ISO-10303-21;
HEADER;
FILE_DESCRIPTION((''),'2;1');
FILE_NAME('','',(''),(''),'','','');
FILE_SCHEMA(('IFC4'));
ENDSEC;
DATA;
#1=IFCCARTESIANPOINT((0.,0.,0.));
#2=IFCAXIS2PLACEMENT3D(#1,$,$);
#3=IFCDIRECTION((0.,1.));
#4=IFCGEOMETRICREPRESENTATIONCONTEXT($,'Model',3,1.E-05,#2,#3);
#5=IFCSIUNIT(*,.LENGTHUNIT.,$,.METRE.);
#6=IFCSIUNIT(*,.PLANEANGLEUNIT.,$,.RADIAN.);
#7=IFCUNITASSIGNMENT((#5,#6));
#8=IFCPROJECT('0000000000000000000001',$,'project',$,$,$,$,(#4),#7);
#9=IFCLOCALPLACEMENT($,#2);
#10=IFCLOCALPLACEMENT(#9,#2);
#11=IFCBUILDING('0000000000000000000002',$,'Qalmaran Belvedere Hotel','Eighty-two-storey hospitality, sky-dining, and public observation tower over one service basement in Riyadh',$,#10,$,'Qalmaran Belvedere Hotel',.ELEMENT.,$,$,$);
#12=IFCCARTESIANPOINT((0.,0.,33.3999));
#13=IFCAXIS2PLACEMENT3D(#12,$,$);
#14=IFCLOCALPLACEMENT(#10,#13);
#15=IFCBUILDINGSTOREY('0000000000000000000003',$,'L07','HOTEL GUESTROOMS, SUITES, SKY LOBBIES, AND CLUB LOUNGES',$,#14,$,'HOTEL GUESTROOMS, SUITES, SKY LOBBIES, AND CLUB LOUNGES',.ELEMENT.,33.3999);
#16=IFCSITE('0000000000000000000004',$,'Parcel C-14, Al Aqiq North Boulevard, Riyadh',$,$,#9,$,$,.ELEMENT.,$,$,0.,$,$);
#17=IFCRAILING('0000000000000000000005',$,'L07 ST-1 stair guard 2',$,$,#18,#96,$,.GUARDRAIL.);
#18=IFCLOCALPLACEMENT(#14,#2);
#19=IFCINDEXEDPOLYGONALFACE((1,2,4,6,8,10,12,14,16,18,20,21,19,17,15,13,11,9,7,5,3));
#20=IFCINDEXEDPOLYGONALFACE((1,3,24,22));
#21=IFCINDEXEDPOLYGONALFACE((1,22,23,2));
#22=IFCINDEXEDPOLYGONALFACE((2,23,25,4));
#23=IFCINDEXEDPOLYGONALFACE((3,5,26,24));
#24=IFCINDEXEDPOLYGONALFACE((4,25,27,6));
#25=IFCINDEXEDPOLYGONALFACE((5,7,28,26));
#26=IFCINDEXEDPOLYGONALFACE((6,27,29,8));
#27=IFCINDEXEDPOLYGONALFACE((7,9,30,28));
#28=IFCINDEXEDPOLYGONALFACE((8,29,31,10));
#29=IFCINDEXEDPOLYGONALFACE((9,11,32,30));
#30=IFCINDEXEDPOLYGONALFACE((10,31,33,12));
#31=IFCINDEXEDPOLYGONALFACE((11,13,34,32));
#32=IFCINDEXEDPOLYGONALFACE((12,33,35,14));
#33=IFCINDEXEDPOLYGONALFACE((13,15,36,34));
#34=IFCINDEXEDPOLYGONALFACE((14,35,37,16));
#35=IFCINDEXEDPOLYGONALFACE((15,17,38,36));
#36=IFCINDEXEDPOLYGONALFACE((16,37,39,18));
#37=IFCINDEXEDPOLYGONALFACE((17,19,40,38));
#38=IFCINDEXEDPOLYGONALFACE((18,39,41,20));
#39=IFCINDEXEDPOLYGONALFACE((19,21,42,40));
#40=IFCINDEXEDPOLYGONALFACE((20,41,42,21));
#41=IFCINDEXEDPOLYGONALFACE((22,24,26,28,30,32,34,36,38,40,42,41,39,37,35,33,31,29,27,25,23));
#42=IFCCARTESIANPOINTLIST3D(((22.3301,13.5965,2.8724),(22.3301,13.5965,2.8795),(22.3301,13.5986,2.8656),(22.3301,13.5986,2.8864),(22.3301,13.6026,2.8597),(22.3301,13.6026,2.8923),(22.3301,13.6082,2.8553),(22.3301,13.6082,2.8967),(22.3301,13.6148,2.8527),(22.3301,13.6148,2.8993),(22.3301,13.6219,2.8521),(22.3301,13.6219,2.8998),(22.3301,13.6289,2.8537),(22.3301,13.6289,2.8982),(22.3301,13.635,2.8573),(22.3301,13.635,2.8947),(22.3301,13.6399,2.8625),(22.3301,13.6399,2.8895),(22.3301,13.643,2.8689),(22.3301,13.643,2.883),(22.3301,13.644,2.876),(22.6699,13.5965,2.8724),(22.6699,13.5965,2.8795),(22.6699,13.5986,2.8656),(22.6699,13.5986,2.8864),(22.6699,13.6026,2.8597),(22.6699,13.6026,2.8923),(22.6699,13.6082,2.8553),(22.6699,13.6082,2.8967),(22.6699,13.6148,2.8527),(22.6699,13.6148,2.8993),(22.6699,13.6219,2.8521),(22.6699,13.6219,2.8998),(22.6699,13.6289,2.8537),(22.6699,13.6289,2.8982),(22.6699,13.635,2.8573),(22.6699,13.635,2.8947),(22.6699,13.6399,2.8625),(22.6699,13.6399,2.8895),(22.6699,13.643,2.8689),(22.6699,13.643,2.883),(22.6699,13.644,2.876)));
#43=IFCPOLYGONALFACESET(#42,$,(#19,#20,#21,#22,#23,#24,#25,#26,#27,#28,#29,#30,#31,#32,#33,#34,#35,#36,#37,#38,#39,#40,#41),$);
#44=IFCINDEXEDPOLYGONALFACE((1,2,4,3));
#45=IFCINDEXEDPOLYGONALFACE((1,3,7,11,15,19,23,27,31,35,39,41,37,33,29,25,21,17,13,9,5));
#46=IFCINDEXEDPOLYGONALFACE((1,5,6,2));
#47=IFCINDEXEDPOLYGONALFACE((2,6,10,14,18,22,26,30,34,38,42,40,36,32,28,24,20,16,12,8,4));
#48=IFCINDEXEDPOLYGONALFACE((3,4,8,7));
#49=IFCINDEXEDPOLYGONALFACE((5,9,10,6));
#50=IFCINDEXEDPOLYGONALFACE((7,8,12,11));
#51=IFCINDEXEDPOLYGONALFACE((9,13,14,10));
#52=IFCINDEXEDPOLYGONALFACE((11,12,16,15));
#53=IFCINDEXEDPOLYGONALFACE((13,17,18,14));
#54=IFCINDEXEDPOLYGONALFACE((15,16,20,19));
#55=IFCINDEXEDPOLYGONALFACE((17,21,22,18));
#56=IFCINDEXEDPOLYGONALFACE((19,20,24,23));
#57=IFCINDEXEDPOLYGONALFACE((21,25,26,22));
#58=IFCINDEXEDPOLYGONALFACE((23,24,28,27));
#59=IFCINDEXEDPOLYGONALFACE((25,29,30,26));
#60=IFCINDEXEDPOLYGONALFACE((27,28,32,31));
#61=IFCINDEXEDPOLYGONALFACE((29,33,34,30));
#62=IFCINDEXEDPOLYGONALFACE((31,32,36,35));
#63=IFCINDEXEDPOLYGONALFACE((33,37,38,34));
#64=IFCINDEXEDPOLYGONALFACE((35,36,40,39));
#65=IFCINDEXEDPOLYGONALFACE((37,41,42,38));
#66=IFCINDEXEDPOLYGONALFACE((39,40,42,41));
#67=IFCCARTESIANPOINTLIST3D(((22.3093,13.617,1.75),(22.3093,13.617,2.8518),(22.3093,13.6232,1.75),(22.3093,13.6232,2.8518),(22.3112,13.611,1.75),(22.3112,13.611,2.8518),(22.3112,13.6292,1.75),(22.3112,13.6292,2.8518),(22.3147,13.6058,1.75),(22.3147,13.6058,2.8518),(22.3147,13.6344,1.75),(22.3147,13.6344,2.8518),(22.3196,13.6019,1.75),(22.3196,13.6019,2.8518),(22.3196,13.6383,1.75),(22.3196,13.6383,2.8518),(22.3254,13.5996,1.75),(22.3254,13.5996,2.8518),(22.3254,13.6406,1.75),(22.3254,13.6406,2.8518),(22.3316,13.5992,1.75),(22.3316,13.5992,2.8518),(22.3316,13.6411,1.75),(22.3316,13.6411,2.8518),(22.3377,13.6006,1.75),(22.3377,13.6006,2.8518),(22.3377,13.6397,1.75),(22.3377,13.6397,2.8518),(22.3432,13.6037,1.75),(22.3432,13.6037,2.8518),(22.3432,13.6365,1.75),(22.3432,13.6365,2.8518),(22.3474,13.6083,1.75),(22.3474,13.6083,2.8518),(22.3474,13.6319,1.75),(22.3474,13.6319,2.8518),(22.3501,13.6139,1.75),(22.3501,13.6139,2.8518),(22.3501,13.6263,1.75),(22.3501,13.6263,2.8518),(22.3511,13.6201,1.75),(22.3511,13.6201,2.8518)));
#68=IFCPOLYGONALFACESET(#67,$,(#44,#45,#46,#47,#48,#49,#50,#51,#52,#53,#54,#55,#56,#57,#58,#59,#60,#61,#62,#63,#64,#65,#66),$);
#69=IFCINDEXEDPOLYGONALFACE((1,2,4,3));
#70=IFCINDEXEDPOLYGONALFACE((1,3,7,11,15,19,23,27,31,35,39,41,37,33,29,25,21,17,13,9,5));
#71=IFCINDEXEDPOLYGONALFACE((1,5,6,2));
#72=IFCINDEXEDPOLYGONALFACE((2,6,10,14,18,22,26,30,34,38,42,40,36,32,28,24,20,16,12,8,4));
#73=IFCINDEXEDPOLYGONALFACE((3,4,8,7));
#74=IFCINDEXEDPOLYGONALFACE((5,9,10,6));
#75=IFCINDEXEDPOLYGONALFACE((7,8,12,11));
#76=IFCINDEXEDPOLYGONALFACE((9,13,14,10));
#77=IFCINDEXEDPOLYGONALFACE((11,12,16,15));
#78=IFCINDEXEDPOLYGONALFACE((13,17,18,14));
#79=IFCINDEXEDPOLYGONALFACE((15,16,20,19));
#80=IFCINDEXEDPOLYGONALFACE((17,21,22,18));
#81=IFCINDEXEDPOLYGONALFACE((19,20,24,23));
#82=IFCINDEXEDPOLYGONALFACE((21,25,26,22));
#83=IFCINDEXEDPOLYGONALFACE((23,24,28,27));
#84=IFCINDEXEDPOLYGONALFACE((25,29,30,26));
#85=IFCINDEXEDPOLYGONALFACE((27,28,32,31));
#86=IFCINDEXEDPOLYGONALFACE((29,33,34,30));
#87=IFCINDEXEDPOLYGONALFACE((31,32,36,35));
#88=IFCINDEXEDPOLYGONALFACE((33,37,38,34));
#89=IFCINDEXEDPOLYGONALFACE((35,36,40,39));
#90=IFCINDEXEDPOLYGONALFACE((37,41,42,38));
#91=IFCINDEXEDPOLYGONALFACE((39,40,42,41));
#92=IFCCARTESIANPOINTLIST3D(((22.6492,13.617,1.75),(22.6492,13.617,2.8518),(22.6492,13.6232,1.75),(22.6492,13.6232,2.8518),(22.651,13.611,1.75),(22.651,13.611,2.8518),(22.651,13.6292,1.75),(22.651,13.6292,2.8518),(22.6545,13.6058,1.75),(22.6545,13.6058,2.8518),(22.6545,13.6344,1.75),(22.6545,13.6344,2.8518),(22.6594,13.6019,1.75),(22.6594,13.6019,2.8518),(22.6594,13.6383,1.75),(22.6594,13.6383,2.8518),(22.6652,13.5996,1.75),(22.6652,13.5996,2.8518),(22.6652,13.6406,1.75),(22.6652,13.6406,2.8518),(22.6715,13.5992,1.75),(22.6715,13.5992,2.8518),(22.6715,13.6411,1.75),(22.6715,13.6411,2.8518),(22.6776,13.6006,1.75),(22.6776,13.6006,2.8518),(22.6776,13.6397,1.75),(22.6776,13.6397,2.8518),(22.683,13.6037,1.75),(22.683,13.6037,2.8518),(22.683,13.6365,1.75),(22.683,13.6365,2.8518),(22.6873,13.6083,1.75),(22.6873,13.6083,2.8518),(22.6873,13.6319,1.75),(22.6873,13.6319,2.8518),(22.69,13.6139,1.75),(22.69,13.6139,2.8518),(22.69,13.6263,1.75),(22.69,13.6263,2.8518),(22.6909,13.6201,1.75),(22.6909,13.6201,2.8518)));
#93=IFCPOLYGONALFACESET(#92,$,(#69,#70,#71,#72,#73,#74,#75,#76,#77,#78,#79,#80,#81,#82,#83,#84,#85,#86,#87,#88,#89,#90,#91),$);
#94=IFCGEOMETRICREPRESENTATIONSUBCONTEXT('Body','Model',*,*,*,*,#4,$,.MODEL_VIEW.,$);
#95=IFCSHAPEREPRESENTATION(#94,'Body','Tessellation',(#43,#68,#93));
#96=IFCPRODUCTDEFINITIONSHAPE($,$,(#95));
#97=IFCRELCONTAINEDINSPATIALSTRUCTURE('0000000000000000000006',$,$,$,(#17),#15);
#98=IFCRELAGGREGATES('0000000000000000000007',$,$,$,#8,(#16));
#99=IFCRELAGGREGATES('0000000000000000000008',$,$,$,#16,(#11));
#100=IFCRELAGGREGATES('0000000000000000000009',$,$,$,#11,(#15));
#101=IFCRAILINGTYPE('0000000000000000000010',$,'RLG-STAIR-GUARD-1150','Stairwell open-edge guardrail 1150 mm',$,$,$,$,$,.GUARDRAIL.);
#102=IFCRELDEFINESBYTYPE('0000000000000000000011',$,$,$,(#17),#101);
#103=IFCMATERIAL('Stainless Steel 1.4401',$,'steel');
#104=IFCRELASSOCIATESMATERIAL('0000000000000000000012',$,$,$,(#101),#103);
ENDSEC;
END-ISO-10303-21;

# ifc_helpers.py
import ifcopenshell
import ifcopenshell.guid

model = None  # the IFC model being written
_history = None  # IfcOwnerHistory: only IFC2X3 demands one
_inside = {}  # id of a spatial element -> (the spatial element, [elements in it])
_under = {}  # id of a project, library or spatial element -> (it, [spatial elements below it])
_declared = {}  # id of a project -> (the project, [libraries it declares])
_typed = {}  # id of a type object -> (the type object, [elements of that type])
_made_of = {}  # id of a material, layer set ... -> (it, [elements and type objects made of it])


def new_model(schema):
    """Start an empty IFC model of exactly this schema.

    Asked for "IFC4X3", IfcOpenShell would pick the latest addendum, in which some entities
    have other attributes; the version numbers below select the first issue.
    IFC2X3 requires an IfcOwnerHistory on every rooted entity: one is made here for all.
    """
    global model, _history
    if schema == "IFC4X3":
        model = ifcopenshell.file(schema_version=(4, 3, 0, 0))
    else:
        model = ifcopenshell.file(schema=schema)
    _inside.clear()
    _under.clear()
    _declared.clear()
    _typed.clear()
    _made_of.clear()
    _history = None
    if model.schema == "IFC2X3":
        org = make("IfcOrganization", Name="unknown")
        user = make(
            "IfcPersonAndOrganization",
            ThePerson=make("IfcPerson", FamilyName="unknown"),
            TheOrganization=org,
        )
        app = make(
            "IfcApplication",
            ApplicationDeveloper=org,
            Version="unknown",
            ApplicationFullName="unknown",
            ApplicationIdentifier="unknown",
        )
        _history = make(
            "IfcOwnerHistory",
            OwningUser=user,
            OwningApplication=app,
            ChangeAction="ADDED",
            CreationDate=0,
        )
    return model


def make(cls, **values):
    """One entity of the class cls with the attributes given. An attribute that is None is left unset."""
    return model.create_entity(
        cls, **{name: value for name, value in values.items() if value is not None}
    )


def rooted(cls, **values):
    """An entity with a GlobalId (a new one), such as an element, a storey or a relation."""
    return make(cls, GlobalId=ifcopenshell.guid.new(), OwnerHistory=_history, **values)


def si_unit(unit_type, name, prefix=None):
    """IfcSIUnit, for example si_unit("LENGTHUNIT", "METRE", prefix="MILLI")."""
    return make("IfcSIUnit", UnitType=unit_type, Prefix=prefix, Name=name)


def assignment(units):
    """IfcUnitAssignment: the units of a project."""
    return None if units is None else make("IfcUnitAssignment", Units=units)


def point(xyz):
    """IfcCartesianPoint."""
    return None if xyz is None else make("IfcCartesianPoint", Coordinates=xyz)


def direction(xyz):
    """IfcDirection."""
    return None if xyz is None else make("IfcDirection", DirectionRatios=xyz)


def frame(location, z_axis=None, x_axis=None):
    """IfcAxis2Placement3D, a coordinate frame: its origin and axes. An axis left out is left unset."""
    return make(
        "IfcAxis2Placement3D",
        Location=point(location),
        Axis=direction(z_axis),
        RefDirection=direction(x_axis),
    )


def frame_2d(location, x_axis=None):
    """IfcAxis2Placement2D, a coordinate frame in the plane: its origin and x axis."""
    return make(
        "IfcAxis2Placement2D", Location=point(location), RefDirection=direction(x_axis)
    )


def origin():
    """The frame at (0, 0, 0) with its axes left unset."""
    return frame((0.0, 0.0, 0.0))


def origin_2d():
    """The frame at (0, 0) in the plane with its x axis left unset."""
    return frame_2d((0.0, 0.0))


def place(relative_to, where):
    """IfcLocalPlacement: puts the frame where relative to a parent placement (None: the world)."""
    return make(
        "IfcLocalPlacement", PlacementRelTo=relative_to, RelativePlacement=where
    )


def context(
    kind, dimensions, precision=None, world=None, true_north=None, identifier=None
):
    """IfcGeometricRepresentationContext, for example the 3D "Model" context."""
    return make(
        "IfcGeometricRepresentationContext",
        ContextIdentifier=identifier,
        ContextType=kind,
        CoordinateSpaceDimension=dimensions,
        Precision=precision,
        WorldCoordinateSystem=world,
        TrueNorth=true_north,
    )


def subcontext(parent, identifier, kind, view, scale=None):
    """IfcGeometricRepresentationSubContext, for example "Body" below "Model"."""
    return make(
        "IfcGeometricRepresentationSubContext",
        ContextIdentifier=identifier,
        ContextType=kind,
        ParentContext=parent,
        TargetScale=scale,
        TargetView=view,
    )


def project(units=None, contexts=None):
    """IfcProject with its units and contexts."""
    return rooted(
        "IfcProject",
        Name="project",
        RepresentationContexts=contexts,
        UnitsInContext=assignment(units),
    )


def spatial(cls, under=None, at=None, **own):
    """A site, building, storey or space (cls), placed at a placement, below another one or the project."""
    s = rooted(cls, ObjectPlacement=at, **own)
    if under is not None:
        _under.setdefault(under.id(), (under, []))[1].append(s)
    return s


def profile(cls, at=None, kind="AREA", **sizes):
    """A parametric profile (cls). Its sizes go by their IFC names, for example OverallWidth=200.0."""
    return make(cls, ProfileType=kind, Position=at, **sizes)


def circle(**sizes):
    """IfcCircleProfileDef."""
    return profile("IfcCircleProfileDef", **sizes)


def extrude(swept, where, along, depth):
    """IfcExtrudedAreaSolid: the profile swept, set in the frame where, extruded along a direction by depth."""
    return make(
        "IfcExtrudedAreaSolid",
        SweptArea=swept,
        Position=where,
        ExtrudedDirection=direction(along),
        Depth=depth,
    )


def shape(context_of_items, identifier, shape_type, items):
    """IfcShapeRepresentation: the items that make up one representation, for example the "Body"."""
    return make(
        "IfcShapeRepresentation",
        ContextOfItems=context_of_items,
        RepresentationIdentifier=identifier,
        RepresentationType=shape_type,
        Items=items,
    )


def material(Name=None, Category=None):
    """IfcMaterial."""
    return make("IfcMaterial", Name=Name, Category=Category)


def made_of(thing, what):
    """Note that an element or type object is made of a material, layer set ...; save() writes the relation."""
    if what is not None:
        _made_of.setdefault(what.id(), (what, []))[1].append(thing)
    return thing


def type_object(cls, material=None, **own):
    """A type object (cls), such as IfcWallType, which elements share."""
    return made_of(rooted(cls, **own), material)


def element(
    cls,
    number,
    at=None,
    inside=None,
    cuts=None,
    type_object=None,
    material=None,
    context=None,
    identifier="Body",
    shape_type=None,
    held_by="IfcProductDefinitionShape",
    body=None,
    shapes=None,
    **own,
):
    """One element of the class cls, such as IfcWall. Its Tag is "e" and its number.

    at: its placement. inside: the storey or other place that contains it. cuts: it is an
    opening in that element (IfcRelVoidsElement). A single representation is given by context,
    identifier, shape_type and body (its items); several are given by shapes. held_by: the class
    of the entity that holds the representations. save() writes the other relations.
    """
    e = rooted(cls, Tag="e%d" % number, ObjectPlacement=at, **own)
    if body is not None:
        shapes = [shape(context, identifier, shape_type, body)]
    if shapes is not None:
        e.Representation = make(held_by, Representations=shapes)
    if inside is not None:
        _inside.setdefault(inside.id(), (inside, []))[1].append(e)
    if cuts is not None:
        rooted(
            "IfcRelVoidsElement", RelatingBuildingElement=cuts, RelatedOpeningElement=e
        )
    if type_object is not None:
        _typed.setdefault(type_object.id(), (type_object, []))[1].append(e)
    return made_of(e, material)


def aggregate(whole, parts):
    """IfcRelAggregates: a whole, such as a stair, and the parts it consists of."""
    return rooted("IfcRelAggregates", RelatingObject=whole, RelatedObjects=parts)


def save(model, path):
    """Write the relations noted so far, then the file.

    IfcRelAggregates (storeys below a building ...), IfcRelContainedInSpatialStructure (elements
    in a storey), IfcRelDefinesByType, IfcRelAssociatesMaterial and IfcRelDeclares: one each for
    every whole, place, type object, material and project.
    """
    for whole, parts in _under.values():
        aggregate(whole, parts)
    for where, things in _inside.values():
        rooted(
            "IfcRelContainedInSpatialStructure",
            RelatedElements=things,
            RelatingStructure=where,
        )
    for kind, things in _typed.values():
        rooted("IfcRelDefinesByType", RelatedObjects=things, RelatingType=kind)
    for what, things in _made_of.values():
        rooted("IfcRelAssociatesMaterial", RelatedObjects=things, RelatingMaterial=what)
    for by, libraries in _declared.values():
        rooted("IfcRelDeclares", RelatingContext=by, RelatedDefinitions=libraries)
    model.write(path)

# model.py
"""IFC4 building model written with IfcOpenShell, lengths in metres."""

from ifc_helpers import new_model, si_unit, direction, frame, origin, origin_2d, place, context, subcontext, project, spatial, circle, extrude, material, type_object, element, save


model = new_model("IFC4")

# Units and contexts
model_context = context("Model", 3, precision=1e-05, world=origin(), true_north=direction((0.0, 1.0)))
body_context = subcontext(model_context, "Body", "Model", "MODEL_VIEW")
ifc_project = project(units=[si_unit("LENGTHUNIT", "METRE"), si_unit("PLANEANGLEUNIT", "RADIAN")], contexts=[model_context])

# Site, building, storey
site_placement = place(None, origin())
site = spatial("IfcSite", under=ifc_project, at=site_placement, Name="Parcel C-14, Al Aqiq North Boulevard, Riyadh", CompositionType="ELEMENT", RefElevation=0.0)
building_placement = place(site_placement, origin())
building = spatial("IfcBuilding", under=site, at=building_placement, Name="Qalmaran Belvedere Hotel", Description="Eighty-two-storey hospitality, sky-dining, and public observation tower over one service basement in Riyadh", LongName="Qalmaran Belvedere Hotel", CompositionType="ELEMENT")
storey_placement = place(building_placement, frame((0.0, 0.0, 33.3999)))
storey = spatial("IfcBuildingStorey", under=building, at=storey_placement, Name="L07", Description="HOTEL GUESTROOMS, SUITES, SKY LOBBIES, AND CLUB LOUNGES", LongName="HOTEL GUESTROOMS, SUITES, SKY LOBBIES, AND CLUB LOUNGES", CompositionType="ELEMENT", Elevation=33.3999)

# Railing
ifc_material_1 = material(Name="Stainless Steel 1.4401", Category="steel")
railing_type_1 = type_object("IfcRailingType", Name="RLG-STAIR-GUARD-1150", Description="Stairwell open-edge guardrail 1150 mm", PredefinedType="GUARDRAIL", material=ifc_material_1)
railing_1_placement = place(storey_placement, frame((22.3301, 13.6201, 1.75)))
element("IfcRailing", 1, at=railing_1_placement, inside=storey, type_object=railing_type_1, Name="L07 ST-1 stair guard 2", PredefinedType="GUARDRAIL", context=body_context, shape_type="SweptSolid", body=[
    extrude(circle(Radius=0.0239, at=origin_2d()), frame((0.0, 0.0, 1.126), z_axis=(1.0, 0.0, 0.0), x_axis=(0.0, 1.0, 0.0)), (0.0, 0.0, 1.0), 0.3398),
    extrude(circle(Radius=0.021, at=origin_2d()), origin(), (0.0, 0.0, 1.0), 1.1018),
    extrude(circle(Radius=0.021, at=origin_2d()), frame((0.3398, 0.0, 0.0)), (0.0, 0.0, 1.0), 1.1018),
])

save(model, "model.ifc")
